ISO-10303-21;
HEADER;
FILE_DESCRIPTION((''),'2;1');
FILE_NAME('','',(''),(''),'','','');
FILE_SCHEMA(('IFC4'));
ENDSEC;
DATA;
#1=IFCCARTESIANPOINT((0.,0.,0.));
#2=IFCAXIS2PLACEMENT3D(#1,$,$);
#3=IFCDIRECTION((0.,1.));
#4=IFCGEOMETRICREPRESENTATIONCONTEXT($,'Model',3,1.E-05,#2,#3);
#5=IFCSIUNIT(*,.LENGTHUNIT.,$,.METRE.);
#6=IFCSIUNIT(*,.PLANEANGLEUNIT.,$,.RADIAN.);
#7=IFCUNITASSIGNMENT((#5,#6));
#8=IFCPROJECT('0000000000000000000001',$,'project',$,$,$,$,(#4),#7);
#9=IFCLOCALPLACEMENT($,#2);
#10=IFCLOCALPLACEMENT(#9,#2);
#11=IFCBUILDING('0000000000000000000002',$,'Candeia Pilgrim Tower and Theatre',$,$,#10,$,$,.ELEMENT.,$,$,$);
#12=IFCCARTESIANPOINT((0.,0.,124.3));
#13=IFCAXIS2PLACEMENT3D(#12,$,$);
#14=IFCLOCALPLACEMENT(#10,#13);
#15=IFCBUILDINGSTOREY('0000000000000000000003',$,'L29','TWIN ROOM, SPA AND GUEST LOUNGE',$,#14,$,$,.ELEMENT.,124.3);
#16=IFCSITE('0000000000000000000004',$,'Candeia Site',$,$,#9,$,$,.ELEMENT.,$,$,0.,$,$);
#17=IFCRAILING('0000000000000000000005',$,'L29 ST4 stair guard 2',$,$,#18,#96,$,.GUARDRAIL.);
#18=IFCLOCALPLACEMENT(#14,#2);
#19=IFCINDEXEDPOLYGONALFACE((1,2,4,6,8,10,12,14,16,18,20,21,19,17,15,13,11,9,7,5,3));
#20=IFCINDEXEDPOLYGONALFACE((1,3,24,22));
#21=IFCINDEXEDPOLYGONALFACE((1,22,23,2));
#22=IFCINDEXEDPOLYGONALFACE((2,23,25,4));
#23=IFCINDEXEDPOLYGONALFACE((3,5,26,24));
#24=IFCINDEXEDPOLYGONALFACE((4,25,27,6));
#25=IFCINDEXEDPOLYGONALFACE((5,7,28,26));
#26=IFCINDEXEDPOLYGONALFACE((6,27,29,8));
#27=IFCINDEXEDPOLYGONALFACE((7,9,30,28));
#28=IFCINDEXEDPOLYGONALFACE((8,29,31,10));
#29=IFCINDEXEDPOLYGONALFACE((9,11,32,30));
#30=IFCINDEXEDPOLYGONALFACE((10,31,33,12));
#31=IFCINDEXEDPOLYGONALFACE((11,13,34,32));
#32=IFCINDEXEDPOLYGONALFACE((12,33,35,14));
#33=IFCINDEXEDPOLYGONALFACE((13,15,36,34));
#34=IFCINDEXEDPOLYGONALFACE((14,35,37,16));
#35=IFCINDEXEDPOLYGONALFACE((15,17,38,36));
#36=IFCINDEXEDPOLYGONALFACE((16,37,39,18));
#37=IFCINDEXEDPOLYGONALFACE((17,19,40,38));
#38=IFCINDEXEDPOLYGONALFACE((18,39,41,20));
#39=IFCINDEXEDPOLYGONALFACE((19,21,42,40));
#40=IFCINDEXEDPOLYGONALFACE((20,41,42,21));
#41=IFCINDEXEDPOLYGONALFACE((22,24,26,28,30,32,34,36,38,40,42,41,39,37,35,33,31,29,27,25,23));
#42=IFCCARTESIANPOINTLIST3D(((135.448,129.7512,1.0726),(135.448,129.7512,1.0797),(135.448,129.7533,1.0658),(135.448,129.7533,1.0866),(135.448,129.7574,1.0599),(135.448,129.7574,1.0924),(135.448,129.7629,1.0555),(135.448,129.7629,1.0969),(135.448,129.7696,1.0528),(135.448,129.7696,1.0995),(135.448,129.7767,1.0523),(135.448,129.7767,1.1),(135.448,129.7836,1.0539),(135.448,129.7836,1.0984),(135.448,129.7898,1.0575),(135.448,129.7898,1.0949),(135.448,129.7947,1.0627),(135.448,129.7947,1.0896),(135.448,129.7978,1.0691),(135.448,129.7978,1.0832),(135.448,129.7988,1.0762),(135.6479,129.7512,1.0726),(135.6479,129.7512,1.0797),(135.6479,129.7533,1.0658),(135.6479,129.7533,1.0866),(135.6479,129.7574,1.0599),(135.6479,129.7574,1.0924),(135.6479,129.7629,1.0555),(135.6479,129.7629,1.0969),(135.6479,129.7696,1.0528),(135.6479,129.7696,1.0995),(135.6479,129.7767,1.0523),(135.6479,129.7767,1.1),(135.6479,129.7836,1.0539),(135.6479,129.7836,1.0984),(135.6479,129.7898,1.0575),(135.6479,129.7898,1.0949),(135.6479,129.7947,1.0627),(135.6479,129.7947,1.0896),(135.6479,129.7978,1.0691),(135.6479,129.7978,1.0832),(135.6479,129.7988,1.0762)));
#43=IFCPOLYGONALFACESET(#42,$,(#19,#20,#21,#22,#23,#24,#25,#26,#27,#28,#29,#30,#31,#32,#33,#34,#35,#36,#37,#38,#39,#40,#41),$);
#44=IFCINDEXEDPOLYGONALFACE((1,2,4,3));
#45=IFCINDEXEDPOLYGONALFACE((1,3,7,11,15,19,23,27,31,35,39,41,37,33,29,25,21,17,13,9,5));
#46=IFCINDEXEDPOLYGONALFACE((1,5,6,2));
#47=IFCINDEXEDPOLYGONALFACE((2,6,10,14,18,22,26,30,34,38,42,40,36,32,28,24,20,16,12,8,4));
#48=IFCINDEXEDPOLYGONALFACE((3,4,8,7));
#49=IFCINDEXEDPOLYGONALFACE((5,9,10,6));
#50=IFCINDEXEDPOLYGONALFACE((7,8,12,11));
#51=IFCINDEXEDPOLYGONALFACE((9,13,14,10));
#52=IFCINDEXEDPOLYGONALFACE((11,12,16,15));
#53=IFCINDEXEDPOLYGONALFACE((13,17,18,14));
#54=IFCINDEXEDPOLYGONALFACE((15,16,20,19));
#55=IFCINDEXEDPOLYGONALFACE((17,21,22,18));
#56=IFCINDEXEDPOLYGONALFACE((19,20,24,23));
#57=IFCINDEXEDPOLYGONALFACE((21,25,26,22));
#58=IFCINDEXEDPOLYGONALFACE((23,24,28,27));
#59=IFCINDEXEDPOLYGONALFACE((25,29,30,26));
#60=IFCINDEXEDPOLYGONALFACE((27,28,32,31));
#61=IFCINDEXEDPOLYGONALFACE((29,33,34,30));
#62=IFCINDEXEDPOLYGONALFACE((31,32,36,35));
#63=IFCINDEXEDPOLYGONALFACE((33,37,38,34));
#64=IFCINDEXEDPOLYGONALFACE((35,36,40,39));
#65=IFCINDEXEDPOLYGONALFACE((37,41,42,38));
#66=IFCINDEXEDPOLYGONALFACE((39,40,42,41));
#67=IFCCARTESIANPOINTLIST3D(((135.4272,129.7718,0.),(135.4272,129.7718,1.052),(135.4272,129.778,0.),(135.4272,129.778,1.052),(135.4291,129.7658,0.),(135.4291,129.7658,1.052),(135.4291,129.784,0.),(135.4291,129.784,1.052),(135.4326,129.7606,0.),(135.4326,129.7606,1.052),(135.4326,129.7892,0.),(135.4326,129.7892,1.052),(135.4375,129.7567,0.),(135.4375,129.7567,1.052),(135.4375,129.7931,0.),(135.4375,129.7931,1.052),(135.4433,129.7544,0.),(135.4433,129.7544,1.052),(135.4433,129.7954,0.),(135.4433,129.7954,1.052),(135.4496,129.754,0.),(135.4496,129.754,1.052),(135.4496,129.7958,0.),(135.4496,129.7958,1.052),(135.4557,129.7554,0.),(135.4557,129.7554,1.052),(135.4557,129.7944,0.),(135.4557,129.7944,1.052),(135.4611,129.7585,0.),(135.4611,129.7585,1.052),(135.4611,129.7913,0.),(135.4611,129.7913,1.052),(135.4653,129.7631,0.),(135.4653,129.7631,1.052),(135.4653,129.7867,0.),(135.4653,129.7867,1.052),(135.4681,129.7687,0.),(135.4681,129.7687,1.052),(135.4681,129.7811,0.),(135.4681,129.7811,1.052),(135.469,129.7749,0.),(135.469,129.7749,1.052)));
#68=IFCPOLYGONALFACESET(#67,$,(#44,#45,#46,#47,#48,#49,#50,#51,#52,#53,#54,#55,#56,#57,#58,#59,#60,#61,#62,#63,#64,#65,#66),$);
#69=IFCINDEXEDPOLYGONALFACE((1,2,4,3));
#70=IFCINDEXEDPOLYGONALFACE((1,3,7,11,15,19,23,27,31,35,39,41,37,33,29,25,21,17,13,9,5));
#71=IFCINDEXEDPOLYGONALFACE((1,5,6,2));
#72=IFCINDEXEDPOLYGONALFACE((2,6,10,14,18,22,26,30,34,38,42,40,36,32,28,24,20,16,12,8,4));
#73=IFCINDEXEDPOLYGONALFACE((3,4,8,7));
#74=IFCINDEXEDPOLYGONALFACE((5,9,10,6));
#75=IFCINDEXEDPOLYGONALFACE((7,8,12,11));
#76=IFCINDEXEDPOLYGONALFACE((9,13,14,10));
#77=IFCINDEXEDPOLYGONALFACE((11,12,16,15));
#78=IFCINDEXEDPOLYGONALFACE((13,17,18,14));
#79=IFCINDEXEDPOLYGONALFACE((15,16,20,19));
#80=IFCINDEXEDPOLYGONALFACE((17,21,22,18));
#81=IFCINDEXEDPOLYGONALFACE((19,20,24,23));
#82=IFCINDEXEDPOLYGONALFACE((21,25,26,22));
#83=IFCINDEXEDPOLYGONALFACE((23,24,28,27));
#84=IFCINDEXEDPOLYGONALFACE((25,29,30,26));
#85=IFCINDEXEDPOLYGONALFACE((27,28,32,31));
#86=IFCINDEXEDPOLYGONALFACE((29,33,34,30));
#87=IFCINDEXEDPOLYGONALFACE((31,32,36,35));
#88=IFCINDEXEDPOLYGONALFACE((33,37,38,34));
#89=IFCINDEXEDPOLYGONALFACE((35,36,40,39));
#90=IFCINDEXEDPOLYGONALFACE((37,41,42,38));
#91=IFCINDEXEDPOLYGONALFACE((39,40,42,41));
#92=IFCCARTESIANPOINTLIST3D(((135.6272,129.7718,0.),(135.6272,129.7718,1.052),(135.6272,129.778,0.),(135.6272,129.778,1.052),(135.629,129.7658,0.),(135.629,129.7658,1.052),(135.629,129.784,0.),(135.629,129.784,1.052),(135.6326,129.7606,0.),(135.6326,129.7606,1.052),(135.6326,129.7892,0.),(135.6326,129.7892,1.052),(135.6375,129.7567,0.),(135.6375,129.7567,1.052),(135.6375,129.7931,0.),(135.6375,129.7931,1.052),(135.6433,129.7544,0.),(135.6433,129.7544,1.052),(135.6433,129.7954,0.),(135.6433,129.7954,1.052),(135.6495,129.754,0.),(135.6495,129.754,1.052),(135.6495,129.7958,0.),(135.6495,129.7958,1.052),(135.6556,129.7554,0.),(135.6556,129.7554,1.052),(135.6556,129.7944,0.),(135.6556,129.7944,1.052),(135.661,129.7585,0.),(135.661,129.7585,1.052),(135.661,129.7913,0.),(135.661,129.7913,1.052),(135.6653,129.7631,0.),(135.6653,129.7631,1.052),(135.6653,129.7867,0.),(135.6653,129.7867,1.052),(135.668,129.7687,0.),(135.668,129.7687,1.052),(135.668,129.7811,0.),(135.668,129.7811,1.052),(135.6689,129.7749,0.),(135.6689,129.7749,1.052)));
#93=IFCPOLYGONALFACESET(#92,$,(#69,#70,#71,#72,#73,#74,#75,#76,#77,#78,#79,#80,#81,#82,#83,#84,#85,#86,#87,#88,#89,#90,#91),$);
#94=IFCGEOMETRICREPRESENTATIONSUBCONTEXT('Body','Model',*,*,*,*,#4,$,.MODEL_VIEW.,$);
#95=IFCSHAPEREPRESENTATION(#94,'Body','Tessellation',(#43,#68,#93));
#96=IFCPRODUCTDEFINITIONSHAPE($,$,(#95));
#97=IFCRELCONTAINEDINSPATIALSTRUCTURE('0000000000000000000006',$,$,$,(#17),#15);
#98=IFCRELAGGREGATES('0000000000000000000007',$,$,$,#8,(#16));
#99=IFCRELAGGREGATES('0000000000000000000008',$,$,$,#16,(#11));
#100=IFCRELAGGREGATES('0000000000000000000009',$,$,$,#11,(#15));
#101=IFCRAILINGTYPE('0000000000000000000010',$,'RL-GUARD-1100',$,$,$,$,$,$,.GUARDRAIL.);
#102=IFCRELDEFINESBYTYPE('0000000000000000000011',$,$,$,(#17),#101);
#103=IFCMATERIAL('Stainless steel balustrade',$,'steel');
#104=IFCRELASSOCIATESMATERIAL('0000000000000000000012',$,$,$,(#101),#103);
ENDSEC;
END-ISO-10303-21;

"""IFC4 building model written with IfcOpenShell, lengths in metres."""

from ifc_helpers import new_model, si_unit, direction, frame, origin, origin_2d, place, context, subcontext, project, spatial, circle, extrude, material, type_object, element, save


model = new_model("IFC4")

# Units and contexts
model_context = context("Model", 3, precision=1e-05, world=origin(), true_north=direction((0.0, 1.0)))
body_context = subcontext(model_context, "Body", "Model", "MODEL_VIEW")
ifc_project = project(units=[si_unit("LENGTHUNIT", "METRE"), si_unit("PLANEANGLEUNIT", "RADIAN")], contexts=[model_context])

# Site, building, storey
site_placement = place(None, origin())
site = spatial("IfcSite", under=ifc_project, at=site_placement, Name="Candeia Site", CompositionType="ELEMENT", RefElevation=0.0)
building_placement = place(site_placement, origin())
building = spatial("IfcBuilding", under=site, at=building_placement, Name="Candeia Pilgrim Tower and Theatre", CompositionType="ELEMENT")
storey_placement = place(building_placement, frame((0.0, 0.0, 124.3)))
storey = spatial("IfcBuildingStorey", under=building, at=storey_placement, Name="L29", Description="TWIN ROOM, SPA AND GUEST LOUNGE", CompositionType="ELEMENT", Elevation=124.3)

# Railing
ifc_material_1 = material(Name="Stainless steel balustrade", Category="steel")
railing_type_1 = type_object("IfcRailingType", Name="RL-GUARD-1100", PredefinedType="GUARDRAIL", material=ifc_material_1)
railing_1_placement = place(storey_placement, frame((135.448, 129.7749, 0.0)))
element("IfcRailing", 1, at=railing_1_placement, inside=storey, type_object=railing_type_1, Name="L29 ST4 stair guard 2", PredefinedType="GUARDRAIL", context=body_context, shape_type="SweptSolid", body=[
    extrude(circle(Radius=0.0239, at=origin_2d()), frame((0.0, 0.0, 1.0762), z_axis=(1.0, 0.0, 0.0), x_axis=(0.0, 1.0, 0.0)), (0.0, 0.0, 1.0), 0.2),
    extrude(circle(Radius=0.021, at=origin_2d()), origin(), (0.0, 0.0, 1.0), 1.052),
    extrude(circle(Radius=0.021, at=origin_2d()), frame((0.2, 0.0, 0.0)), (0.0, 0.0, 1.0), 1.052),
])

save(model, "model.ifc")
